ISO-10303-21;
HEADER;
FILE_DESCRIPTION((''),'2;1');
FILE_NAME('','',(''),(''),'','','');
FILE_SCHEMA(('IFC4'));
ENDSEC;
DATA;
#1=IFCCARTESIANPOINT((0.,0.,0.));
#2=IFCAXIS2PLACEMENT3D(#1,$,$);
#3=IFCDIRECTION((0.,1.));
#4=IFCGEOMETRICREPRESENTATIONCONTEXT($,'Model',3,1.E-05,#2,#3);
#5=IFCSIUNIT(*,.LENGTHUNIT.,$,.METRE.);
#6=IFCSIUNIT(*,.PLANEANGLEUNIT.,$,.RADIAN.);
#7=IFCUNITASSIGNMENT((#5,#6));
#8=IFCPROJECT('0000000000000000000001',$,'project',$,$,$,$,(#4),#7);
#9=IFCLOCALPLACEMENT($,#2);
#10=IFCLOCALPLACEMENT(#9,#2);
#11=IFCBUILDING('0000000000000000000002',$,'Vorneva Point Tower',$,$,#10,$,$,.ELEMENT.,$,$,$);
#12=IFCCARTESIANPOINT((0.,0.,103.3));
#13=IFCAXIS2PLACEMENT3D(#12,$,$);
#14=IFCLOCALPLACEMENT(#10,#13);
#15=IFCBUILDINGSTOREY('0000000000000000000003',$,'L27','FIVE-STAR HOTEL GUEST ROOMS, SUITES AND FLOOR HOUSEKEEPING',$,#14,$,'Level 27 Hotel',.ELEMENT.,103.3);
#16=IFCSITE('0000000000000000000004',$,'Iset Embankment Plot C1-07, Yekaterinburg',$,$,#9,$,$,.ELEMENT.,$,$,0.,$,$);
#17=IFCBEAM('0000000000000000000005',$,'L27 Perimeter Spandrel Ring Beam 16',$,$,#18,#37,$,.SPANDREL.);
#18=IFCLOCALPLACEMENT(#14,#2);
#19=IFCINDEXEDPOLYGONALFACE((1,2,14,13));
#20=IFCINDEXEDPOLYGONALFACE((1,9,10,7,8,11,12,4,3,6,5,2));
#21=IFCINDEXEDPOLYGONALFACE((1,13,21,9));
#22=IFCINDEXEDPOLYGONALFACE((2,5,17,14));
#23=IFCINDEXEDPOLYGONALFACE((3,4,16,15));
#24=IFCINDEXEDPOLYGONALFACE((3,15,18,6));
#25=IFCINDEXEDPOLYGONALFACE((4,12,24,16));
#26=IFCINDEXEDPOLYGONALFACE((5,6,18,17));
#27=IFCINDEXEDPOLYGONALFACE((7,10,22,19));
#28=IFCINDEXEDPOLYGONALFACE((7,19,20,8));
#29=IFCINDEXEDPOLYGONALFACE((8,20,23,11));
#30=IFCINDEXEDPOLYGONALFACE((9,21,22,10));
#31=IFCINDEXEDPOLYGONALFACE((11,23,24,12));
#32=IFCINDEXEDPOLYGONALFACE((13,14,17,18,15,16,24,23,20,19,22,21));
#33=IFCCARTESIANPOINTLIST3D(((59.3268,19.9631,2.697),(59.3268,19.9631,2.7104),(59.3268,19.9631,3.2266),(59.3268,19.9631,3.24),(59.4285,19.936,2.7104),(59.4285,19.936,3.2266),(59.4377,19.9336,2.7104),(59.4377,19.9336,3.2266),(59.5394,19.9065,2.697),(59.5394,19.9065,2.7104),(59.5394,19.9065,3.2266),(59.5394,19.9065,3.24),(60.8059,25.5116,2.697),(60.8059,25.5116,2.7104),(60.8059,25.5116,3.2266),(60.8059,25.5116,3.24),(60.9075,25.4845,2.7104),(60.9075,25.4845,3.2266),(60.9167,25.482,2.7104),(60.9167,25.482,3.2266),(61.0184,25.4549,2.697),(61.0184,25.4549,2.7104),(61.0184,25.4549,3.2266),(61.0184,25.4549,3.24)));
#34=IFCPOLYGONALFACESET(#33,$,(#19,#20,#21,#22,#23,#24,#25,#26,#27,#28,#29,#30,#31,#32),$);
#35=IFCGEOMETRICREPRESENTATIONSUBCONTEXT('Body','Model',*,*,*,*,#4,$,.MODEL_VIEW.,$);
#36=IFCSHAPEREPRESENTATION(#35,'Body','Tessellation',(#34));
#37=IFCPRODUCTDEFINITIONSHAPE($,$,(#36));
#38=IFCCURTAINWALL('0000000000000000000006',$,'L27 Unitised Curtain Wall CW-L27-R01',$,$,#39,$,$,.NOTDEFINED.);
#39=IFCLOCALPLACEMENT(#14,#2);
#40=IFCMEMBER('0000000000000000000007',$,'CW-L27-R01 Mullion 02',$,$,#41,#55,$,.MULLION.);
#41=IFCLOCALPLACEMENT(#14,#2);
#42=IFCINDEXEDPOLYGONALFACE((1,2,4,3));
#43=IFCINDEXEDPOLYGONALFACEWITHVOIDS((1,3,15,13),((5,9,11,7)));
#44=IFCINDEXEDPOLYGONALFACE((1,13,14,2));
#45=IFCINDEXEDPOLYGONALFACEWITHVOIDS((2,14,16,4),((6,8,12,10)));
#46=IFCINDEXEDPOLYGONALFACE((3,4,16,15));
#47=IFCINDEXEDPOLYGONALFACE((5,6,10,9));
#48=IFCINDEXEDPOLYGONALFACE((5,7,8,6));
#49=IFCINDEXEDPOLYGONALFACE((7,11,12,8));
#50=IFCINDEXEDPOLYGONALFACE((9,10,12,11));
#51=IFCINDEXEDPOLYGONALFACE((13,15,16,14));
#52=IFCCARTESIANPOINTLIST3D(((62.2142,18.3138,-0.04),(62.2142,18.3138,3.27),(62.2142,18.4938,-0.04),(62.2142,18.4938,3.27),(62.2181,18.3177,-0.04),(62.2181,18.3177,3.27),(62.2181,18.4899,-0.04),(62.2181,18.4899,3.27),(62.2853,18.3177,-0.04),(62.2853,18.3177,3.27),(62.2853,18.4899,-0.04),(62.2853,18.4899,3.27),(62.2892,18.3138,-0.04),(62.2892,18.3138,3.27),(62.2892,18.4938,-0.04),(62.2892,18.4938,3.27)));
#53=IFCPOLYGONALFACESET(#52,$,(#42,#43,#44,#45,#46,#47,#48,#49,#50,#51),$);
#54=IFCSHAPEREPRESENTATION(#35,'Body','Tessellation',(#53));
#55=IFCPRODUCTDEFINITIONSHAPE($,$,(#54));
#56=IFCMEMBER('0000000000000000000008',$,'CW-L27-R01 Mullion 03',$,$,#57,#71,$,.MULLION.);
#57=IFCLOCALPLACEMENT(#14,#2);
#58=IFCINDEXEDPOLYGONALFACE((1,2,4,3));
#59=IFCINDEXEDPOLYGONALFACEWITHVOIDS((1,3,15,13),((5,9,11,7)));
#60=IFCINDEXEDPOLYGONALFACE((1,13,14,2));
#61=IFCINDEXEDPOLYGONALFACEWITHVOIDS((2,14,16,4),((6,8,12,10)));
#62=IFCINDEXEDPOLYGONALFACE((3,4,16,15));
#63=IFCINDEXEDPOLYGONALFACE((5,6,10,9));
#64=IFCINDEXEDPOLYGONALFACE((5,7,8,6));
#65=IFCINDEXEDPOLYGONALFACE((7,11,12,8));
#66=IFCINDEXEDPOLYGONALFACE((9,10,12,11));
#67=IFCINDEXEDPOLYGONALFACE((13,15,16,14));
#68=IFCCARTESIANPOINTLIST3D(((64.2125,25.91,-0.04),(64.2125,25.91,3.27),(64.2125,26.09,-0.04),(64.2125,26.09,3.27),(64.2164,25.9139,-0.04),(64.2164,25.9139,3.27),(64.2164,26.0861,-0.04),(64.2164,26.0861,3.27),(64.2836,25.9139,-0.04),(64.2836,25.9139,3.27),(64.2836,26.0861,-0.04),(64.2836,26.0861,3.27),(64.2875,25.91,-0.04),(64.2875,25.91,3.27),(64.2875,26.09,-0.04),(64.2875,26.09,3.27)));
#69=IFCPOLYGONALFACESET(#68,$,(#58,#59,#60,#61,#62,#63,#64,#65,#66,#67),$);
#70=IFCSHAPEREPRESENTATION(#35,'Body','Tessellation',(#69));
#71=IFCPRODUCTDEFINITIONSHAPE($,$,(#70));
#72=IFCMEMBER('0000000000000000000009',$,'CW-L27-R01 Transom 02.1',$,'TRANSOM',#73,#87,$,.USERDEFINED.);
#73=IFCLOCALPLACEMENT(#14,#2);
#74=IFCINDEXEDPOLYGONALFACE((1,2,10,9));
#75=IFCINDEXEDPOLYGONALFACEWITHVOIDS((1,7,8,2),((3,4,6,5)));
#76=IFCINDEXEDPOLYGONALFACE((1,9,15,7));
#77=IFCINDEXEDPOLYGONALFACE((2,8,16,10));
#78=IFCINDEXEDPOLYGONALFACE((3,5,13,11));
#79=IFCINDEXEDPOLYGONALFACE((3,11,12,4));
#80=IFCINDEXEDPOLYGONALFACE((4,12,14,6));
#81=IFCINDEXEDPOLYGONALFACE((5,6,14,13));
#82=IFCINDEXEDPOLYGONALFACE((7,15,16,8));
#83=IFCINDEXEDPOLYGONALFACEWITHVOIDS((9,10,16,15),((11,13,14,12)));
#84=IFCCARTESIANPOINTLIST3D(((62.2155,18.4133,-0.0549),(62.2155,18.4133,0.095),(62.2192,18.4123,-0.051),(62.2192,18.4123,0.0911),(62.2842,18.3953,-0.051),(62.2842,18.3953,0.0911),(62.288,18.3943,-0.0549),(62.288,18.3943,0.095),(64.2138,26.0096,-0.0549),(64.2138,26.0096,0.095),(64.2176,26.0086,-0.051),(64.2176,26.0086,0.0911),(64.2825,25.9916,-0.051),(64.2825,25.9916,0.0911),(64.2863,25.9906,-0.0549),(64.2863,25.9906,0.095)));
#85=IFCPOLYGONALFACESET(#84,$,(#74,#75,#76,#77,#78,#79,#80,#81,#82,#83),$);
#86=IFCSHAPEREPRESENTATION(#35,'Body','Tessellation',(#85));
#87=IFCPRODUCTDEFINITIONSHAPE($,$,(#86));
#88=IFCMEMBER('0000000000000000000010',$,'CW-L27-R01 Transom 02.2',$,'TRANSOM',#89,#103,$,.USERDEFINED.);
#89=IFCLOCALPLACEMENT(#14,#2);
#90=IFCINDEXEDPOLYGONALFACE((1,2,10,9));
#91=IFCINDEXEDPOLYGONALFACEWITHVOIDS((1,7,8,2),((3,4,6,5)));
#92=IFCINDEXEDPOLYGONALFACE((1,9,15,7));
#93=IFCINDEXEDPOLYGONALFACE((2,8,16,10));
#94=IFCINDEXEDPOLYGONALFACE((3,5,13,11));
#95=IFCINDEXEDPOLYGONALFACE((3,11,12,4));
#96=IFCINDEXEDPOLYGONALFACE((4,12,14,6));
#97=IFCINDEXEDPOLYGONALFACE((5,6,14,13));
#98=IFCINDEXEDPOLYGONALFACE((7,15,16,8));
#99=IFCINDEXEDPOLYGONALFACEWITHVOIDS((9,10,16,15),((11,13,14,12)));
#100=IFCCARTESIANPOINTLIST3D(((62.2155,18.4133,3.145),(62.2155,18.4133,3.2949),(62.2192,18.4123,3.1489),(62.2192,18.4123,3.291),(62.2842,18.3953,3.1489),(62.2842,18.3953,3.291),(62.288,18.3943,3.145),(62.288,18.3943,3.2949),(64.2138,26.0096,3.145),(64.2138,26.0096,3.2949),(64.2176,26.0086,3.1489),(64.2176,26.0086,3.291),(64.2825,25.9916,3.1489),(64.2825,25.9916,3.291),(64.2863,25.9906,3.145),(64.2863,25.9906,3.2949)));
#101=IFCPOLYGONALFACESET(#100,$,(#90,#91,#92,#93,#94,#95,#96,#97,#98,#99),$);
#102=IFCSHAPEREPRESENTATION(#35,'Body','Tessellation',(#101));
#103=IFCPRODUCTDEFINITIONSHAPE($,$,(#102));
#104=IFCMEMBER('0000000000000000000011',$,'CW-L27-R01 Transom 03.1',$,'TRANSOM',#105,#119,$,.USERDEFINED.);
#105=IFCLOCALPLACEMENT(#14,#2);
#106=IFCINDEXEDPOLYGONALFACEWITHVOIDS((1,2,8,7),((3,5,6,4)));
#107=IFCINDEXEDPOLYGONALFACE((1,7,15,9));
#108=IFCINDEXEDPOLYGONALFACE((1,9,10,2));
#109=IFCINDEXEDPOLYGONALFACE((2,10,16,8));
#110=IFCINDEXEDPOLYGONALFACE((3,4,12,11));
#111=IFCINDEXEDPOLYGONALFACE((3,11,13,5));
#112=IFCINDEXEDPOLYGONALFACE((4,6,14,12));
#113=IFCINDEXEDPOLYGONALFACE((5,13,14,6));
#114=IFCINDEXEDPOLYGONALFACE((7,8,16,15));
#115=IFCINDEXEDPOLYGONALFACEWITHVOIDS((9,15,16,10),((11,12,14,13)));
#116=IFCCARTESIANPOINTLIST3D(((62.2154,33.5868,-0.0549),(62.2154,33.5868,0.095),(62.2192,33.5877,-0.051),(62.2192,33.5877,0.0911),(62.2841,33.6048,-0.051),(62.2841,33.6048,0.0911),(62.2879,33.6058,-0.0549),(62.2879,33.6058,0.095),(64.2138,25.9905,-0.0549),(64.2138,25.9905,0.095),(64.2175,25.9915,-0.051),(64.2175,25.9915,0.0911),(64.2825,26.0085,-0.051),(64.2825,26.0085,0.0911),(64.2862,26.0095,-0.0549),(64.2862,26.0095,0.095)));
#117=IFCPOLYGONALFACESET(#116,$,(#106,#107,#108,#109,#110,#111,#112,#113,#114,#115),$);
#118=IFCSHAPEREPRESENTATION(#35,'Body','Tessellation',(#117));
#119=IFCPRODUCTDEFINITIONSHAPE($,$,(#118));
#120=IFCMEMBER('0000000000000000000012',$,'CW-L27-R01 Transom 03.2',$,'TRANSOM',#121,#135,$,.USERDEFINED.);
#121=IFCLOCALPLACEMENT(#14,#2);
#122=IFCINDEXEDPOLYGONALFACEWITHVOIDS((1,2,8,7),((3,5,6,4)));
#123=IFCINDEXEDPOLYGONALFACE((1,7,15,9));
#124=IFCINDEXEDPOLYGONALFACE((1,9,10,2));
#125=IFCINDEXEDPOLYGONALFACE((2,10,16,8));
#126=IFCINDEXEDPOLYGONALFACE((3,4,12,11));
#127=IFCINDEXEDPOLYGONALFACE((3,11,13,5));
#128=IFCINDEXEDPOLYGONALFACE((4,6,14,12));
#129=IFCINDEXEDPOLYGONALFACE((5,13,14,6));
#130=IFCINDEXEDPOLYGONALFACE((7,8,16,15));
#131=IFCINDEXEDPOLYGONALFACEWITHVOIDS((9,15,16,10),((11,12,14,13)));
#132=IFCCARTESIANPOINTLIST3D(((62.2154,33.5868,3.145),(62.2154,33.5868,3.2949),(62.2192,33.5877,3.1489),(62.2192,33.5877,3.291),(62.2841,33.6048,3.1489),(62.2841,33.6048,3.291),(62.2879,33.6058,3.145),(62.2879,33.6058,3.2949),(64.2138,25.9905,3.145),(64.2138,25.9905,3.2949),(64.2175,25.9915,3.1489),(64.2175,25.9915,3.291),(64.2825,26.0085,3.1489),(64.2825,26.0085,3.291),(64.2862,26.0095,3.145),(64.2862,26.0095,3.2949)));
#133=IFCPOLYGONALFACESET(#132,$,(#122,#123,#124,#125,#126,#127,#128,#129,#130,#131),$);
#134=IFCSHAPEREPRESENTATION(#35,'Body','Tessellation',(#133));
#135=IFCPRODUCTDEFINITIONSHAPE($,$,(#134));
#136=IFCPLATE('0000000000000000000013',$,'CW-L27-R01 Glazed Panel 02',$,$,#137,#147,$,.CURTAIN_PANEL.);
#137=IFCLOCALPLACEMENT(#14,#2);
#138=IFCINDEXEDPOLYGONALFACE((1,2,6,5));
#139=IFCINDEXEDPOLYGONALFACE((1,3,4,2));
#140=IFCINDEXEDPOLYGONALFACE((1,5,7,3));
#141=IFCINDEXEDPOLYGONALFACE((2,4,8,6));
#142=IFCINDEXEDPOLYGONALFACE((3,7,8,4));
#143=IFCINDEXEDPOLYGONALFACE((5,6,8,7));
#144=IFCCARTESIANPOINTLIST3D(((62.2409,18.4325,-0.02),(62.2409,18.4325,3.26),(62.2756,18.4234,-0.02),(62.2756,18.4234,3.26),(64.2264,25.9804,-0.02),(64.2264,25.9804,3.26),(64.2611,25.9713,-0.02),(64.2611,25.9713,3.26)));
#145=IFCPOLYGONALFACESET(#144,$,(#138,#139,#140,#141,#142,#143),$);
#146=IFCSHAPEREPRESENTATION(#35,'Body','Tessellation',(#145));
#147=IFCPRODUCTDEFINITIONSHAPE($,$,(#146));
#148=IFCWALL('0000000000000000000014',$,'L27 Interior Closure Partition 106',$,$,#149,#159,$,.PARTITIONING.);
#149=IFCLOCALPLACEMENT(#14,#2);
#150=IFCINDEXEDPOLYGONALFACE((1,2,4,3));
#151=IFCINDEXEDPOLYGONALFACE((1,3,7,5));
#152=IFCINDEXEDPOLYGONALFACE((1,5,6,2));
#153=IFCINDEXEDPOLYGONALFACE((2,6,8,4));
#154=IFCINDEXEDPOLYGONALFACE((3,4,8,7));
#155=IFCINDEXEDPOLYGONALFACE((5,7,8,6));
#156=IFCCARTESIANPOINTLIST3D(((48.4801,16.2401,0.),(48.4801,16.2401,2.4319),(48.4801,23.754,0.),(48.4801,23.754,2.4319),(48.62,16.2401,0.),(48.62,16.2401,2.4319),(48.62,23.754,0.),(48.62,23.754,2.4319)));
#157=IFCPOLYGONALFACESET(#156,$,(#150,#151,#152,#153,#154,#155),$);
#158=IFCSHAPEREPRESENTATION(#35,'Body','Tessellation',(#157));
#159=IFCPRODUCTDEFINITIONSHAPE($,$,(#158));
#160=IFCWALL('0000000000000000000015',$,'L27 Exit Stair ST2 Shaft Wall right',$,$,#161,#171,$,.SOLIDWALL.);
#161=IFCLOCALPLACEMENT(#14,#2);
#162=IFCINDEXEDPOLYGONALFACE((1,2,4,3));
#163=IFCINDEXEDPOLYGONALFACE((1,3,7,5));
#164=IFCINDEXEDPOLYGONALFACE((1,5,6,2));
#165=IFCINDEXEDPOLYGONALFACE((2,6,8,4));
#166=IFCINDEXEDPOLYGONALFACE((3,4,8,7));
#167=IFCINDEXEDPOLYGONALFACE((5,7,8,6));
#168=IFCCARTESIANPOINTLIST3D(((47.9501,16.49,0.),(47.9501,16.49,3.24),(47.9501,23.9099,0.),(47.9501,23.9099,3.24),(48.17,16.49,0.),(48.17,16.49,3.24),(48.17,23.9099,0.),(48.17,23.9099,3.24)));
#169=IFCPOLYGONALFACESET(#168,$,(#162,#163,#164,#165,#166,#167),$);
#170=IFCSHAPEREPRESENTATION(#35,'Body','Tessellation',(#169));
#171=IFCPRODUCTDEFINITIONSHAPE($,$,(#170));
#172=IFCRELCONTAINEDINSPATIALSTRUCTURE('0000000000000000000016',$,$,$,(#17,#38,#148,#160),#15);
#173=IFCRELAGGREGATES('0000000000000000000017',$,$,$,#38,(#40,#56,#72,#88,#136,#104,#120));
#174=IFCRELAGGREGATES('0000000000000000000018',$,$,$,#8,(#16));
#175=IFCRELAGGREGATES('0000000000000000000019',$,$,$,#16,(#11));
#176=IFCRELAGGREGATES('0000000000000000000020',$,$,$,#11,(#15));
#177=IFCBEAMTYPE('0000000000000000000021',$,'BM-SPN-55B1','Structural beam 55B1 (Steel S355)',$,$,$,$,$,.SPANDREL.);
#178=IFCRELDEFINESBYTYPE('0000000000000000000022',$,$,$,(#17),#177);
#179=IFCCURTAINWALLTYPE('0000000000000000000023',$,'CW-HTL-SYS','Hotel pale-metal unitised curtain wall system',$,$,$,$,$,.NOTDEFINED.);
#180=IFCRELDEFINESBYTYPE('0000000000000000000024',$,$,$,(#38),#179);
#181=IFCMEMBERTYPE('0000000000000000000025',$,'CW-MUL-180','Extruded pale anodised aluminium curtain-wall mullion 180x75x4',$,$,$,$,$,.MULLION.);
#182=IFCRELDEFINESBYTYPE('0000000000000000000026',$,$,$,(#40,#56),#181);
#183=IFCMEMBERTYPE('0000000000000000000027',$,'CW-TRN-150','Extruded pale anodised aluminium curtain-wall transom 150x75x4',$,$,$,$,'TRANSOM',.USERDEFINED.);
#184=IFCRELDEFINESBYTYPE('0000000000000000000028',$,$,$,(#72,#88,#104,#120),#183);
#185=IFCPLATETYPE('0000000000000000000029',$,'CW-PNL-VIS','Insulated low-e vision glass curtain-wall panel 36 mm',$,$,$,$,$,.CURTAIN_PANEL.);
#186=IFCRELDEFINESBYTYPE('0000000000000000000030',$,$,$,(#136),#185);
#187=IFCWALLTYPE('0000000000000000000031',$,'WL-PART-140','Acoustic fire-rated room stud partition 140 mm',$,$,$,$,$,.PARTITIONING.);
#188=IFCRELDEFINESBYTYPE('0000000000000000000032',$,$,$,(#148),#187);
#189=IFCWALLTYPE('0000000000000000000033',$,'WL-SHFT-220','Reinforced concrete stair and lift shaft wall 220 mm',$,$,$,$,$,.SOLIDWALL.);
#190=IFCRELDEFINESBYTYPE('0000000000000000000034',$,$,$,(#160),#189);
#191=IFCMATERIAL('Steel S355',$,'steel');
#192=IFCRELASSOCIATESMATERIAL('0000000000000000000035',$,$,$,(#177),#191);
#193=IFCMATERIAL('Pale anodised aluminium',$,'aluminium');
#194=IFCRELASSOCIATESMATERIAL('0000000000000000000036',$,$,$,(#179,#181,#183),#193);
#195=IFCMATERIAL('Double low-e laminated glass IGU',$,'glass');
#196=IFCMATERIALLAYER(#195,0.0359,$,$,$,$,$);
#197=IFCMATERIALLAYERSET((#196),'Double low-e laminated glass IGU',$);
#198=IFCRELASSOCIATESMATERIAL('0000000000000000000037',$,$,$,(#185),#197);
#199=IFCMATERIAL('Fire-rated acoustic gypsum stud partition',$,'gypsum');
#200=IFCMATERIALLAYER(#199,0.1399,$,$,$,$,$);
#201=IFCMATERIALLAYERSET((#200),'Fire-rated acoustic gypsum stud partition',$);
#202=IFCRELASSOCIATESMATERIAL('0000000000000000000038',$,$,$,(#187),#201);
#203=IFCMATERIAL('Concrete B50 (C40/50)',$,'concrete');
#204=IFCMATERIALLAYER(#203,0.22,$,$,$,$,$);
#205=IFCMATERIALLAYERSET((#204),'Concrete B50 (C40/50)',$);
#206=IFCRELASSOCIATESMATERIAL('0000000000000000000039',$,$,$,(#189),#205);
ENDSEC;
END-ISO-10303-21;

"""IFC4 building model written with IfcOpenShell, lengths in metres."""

from ifc_helpers import new_model, si_unit, direction, frame, frame_2d, origin, origin_2d, place, context, subcontext, project, spatial, rectangle, hollow_rectangle, i_section, extrude, material, layer, layer_set, material_profile, profile_set, type_object, element, aggregate, save


model = new_model("IFC4")

# Units and contexts
model_context = context("Model", 3, precision=1e-05, world=origin(), true_north=direction((0.0, 1.0)))
body_context = subcontext(model_context, "Body", "Model", "MODEL_VIEW")
ifc_project = project(units=[si_unit("LENGTHUNIT", "METRE"), si_unit("PLANEANGLEUNIT", "RADIAN")], contexts=[model_context])

# Site, building, storey
site_placement = place(None, origin())
site = spatial("IfcSite", under=ifc_project, at=site_placement, Name="Iset Embankment Plot C1-07, Yekaterinburg", CompositionType="ELEMENT", RefElevation=0.0)
building_placement = place(site_placement, origin())
building = spatial("IfcBuilding", under=site, at=building_placement, Name="Vorneva Point Tower", CompositionType="ELEMENT")
storey_placement = place(building_placement, frame((0.0, 0.0, 103.3)))
storey = spatial("IfcBuildingStorey", under=building, at=storey_placement, Name="L27", Description="FIVE-STAR HOTEL GUEST ROOMS, SUITES AND FLOOR HOUSEKEEPING", LongName="Level 27 Hotel", CompositionType="ELEMENT", Elevation=103.3)

# Beam
ifc_material_1 = material(Name="Steel S355", Category="steel")
ifc_material_profile_1 = material_profile(ifc_material_1, i_section(OverallWidth=0.22, OverallDepth=0.543, WebThickness=0.0095, FlangeThickness=0.0134, at=origin_2d()), Name="55B1")
ifc_profile_set_1 = profile_set([ifc_material_profile_1], Name="Steel S355")
beam_type_1 = type_object("IfcBeamType", Name="BM-SPN-55B1", Description="Structural beam 55B1 (Steel S355)", PredefinedType="SPANDREL", material=ifc_profile_set_1)
for number, where, z_axis, x_axis, name in (
    (1, (59.4331, 19.9348, 2.9685), (0.257573, 0.966259, 0.0), (-0.966259, 0.257573, 0.0), "L27 Perimeter Spandrel Ring Beam 16"),
):
    element("IfcBeam", number, at=place(storey_placement, frame(where, z_axis=z_axis, x_axis=x_axis)), inside=storey, type_object=beam_type_1, Name=name, PredefinedType="SPANDREL", context=body_context, shape_type="SweptSolid", body=[
        extrude(i_section(OverallWidth=0.22, OverallDepth=0.543, WebThickness=0.0095, FlangeThickness=0.0134, at=origin_2d()), origin(), (0.0, 0.0, 1.0), 5.7422),
    ])

# Curtain wall, members, plate
ifc_material_2 = material(Name="Pale anodised aluminium", Category="aluminium")
curtain_wall_type = type_object("IfcCurtainWallType", Name="CW-HTL-SYS", Description="Hotel pale-metal unitised curtain wall system", PredefinedType="NOTDEFINED", material=ifc_material_2)
curtain_wall_placement = place(storey_placement, origin())
curtain_wall = element("IfcCurtainWall", 2, at=curtain_wall_placement, inside=storey, type_object=curtain_wall_type, Name="L27 Unitised Curtain Wall CW-L27-R01", PredefinedType="NOTDEFINED")
ifc_material_profile_2 = material_profile(ifc_material_2, hollow_rectangle(XDim=0.075, YDim=0.1799, WallThickness=0.0039, at=origin_2d()), Name="AL-MUL 180x75x4")
ifc_profile_set_2 = profile_set([ifc_material_profile_2], Name="Pale anodised aluminium")
member_type_1 = type_object("IfcMemberType", Name="CW-MUL-180", Description="Extruded pale anodised aluminium curtain-wall mullion 180x75x4", PredefinedType="MULLION", material=ifc_profile_set_2)
member_1_placement = place(storey_placement, frame((62.2517, 18.4038, -0.04), z_axis=(0.0, 0.0, 1.0), x_axis=(1.0, 0.0, 0.0)))
member_1 = element("IfcMember", 3, at=member_1_placement, type_object=member_type_1, Name="CW-L27-R01 Mullion 02", PredefinedType="MULLION", context=body_context, shape_type="SweptSolid", body=[
    extrude(hollow_rectangle(XDim=0.075, YDim=0.1799, WallThickness=0.0039, at=origin_2d()), origin(), (0.0, 0.0, 1.0), 3.3101),
])
member_2_placement = place(storey_placement, frame((64.25, 26.0, -0.04), z_axis=(0.0, 0.0, 1.0), x_axis=(1.0, 0.0, 0.0)))
member_2 = element("IfcMember", 4, at=member_2_placement, type_object=member_type_1, Name="CW-L27-R01 Mullion 03", PredefinedType="MULLION", context=body_context, shape_type="SweptSolid", body=[
    extrude(hollow_rectangle(XDim=0.075, YDim=0.1799, WallThickness=0.0039, at=origin_2d()), origin(), (0.0, 0.0, 1.0), 3.3101),
])
ifc_material_profile_3 = material_profile(ifc_material_2, hollow_rectangle(XDim=0.075, YDim=0.1499, WallThickness=0.0039, at=origin_2d()), Name="AL-TRN 150x75x4")
ifc_profile_set_3 = profile_set([ifc_material_profile_3], Name="Pale anodised aluminium")
member_type_2 = type_object("IfcMemberType", Name="CW-TRN-150", Description="Extruded pale anodised aluminium curtain-wall transom 150x75x4", ElementType="TRANSOM", PredefinedType="USERDEFINED", material=ifc_profile_set_3)
member_3_placement = place(storey_placement, frame((62.2517, 18.4038, 0.02), z_axis=(0.254409, 0.967097, 0.0), x_axis=(-0.967097, 0.254409, 0.0)))
member_3 = element("IfcMember", 5, at=member_3_placement, type_object=member_type_2, Name="CW-L27-R01 Transom 02.1", ObjectType="TRANSOM", PredefinedType="USERDEFINED", context=body_context, shape_type="SweptSolid", body=[
    extrude(hollow_rectangle(XDim=0.075, YDim=0.1499, WallThickness=0.0039, at=origin_2d()), origin(), (0.0, 0.0, 1.0), 7.8547),
])
member_4_placement = place(storey_placement, frame((62.2517, 18.4038, 3.22), z_axis=(0.254409, 0.967097, 0.0), x_axis=(-0.967097, 0.254409, 0.0)))
member_4 = element("IfcMember", 6, at=member_4_placement, type_object=member_type_2, Name="CW-L27-R01 Transom 02.2", ObjectType="TRANSOM", PredefinedType="USERDEFINED", context=body_context, shape_type="SweptSolid", body=[
    extrude(hollow_rectangle(XDim=0.075, YDim=0.1499, WallThickness=0.0039, at=origin_2d()), origin(), (0.0, 0.0, 1.0), 7.8547),
])
member_5_placement = place(storey_placement, frame((64.25, 26.0, 0.02), z_axis=(-0.254409, 0.967097, 0.0), x_axis=(-0.967097, -0.254409, 0.0)))
member_5 = element("IfcMember", 7, at=member_5_placement, type_object=member_type_2, Name="CW-L27-R01 Transom 03.1", ObjectType="TRANSOM", PredefinedType="USERDEFINED", context=body_context, shape_type="SweptSolid", body=[
    extrude(hollow_rectangle(XDim=0.075, YDim=0.1499, WallThickness=0.0039, at=origin_2d()), origin(), (0.0, 0.0, 1.0), 7.8547),
])
member_6_placement = place(storey_placement, frame((64.25, 26.0, 3.22), z_axis=(-0.254409, 0.967097, 0.0), x_axis=(-0.967097, -0.254409, 0.0)))
member_6 = element("IfcMember", 8, at=member_6_placement, type_object=member_type_2, Name="CW-L27-R01 Transom 03.2", ObjectType="TRANSOM", PredefinedType="USERDEFINED", context=body_context, shape_type="SweptSolid", body=[
    extrude(hollow_rectangle(XDim=0.075, YDim=0.1499, WallThickness=0.0039, at=origin_2d()), origin(), (0.0, 0.0, 1.0), 7.8547),
])
ifc_material_3 = material(Name="Double low-e laminated glass IGU", Category="glass")
ifc_layer_1 = layer(ifc_material_3, 0.0359)
ifc_layer_set_1 = layer_set([ifc_layer_1], Name="Double low-e laminated glass IGU")
plate_type = type_object("IfcPlateType", Name="CW-PNL-VIS", Description="Insulated low-e vision glass curtain-wall panel 36 mm", PredefinedType="CURTAIN_PANEL", material=ifc_layer_set_1)
plate_placement = place(storey_placement, frame((63.251, 22.2019, -0.02), z_axis=(0.0, 0.0, 1.0), x_axis=(0.254399, 0.967099, 0.0)))
plate = element("IfcPlate", 9, at=plate_placement, type_object=plate_type, Name="CW-L27-R01 Glazed Panel 02", PredefinedType="CURTAIN_PANEL", context=body_context, shape_type="SweptSolid", body=[
    extrude(rectangle(XDim=7.8047, YDim=0.0359, at=origin_2d()), origin(), (0.0, 0.0, 1.0), 3.28),
])
aggregate(curtain_wall, [member_1, member_2, member_3, member_4, plate, member_5, member_6])

# Wall
ifc_material_4 = material(Name="Fire-rated acoustic gypsum stud partition", Category="gypsum")
ifc_layer_2 = layer(ifc_material_4, 0.1399)
ifc_layer_set_2 = layer_set([ifc_layer_2], Name="Fire-rated acoustic gypsum stud partition")
wall_type_1 = type_object("IfcWallType", Name="WL-PART-140", Description="Acoustic fire-rated room stud partition 140 mm", PredefinedType="PARTITIONING", material=ifc_layer_set_2)
wall_1_placement = place(storey_placement, frame((48.55, 23.7539, 0.0), z_axis=(0.0, 0.0, 1.0), x_axis=(0.0, -1.0, 0.0)))
element("IfcWall", 10, at=wall_1_placement, inside=storey, type_object=wall_type_1, Name="L27 Interior Closure Partition 106", PredefinedType="PARTITIONING", context=body_context, shape_type="SweptSolid", body=[
    extrude(rectangle(XDim=7.5139, YDim=0.1399, at=frame_2d((3.7568, 0.0))), origin(), (0.0, 0.0, 1.0), 2.4319),
])

# Wall
ifc_material_5 = material(Name="Concrete B50 (C40/50)", Category="concrete")
ifc_layer_3 = layer(ifc_material_5, 0.22)
ifc_layer_set_3 = layer_set([ifc_layer_3], Name="Concrete B50 (C40/50)")
wall_type_2 = type_object("IfcWallType", Name="WL-SHFT-220", Description="Reinforced concrete stair and lift shaft wall 220 mm", PredefinedType="SOLIDWALL", material=ifc_layer_set_3)
wall_2_placement = place(storey_placement, frame((48.0601, 23.9099, 0.0), z_axis=(0.0, 0.0, 1.0), x_axis=(0.0, -1.0, 0.0)))
element("IfcWall", 11, at=wall_2_placement, inside=storey, type_object=wall_type_2, Name="L27 Exit Stair ST2 Shaft Wall right", PredefinedType="SOLIDWALL", context=body_context, shape_type="SweptSolid", body=[
    extrude(rectangle(XDim=7.4199, YDim=0.22, at=frame_2d((3.71, 0.0))), origin(), (0.0, 0.0, 1.0), 3.24),
])

save(model, "model.ifc")
